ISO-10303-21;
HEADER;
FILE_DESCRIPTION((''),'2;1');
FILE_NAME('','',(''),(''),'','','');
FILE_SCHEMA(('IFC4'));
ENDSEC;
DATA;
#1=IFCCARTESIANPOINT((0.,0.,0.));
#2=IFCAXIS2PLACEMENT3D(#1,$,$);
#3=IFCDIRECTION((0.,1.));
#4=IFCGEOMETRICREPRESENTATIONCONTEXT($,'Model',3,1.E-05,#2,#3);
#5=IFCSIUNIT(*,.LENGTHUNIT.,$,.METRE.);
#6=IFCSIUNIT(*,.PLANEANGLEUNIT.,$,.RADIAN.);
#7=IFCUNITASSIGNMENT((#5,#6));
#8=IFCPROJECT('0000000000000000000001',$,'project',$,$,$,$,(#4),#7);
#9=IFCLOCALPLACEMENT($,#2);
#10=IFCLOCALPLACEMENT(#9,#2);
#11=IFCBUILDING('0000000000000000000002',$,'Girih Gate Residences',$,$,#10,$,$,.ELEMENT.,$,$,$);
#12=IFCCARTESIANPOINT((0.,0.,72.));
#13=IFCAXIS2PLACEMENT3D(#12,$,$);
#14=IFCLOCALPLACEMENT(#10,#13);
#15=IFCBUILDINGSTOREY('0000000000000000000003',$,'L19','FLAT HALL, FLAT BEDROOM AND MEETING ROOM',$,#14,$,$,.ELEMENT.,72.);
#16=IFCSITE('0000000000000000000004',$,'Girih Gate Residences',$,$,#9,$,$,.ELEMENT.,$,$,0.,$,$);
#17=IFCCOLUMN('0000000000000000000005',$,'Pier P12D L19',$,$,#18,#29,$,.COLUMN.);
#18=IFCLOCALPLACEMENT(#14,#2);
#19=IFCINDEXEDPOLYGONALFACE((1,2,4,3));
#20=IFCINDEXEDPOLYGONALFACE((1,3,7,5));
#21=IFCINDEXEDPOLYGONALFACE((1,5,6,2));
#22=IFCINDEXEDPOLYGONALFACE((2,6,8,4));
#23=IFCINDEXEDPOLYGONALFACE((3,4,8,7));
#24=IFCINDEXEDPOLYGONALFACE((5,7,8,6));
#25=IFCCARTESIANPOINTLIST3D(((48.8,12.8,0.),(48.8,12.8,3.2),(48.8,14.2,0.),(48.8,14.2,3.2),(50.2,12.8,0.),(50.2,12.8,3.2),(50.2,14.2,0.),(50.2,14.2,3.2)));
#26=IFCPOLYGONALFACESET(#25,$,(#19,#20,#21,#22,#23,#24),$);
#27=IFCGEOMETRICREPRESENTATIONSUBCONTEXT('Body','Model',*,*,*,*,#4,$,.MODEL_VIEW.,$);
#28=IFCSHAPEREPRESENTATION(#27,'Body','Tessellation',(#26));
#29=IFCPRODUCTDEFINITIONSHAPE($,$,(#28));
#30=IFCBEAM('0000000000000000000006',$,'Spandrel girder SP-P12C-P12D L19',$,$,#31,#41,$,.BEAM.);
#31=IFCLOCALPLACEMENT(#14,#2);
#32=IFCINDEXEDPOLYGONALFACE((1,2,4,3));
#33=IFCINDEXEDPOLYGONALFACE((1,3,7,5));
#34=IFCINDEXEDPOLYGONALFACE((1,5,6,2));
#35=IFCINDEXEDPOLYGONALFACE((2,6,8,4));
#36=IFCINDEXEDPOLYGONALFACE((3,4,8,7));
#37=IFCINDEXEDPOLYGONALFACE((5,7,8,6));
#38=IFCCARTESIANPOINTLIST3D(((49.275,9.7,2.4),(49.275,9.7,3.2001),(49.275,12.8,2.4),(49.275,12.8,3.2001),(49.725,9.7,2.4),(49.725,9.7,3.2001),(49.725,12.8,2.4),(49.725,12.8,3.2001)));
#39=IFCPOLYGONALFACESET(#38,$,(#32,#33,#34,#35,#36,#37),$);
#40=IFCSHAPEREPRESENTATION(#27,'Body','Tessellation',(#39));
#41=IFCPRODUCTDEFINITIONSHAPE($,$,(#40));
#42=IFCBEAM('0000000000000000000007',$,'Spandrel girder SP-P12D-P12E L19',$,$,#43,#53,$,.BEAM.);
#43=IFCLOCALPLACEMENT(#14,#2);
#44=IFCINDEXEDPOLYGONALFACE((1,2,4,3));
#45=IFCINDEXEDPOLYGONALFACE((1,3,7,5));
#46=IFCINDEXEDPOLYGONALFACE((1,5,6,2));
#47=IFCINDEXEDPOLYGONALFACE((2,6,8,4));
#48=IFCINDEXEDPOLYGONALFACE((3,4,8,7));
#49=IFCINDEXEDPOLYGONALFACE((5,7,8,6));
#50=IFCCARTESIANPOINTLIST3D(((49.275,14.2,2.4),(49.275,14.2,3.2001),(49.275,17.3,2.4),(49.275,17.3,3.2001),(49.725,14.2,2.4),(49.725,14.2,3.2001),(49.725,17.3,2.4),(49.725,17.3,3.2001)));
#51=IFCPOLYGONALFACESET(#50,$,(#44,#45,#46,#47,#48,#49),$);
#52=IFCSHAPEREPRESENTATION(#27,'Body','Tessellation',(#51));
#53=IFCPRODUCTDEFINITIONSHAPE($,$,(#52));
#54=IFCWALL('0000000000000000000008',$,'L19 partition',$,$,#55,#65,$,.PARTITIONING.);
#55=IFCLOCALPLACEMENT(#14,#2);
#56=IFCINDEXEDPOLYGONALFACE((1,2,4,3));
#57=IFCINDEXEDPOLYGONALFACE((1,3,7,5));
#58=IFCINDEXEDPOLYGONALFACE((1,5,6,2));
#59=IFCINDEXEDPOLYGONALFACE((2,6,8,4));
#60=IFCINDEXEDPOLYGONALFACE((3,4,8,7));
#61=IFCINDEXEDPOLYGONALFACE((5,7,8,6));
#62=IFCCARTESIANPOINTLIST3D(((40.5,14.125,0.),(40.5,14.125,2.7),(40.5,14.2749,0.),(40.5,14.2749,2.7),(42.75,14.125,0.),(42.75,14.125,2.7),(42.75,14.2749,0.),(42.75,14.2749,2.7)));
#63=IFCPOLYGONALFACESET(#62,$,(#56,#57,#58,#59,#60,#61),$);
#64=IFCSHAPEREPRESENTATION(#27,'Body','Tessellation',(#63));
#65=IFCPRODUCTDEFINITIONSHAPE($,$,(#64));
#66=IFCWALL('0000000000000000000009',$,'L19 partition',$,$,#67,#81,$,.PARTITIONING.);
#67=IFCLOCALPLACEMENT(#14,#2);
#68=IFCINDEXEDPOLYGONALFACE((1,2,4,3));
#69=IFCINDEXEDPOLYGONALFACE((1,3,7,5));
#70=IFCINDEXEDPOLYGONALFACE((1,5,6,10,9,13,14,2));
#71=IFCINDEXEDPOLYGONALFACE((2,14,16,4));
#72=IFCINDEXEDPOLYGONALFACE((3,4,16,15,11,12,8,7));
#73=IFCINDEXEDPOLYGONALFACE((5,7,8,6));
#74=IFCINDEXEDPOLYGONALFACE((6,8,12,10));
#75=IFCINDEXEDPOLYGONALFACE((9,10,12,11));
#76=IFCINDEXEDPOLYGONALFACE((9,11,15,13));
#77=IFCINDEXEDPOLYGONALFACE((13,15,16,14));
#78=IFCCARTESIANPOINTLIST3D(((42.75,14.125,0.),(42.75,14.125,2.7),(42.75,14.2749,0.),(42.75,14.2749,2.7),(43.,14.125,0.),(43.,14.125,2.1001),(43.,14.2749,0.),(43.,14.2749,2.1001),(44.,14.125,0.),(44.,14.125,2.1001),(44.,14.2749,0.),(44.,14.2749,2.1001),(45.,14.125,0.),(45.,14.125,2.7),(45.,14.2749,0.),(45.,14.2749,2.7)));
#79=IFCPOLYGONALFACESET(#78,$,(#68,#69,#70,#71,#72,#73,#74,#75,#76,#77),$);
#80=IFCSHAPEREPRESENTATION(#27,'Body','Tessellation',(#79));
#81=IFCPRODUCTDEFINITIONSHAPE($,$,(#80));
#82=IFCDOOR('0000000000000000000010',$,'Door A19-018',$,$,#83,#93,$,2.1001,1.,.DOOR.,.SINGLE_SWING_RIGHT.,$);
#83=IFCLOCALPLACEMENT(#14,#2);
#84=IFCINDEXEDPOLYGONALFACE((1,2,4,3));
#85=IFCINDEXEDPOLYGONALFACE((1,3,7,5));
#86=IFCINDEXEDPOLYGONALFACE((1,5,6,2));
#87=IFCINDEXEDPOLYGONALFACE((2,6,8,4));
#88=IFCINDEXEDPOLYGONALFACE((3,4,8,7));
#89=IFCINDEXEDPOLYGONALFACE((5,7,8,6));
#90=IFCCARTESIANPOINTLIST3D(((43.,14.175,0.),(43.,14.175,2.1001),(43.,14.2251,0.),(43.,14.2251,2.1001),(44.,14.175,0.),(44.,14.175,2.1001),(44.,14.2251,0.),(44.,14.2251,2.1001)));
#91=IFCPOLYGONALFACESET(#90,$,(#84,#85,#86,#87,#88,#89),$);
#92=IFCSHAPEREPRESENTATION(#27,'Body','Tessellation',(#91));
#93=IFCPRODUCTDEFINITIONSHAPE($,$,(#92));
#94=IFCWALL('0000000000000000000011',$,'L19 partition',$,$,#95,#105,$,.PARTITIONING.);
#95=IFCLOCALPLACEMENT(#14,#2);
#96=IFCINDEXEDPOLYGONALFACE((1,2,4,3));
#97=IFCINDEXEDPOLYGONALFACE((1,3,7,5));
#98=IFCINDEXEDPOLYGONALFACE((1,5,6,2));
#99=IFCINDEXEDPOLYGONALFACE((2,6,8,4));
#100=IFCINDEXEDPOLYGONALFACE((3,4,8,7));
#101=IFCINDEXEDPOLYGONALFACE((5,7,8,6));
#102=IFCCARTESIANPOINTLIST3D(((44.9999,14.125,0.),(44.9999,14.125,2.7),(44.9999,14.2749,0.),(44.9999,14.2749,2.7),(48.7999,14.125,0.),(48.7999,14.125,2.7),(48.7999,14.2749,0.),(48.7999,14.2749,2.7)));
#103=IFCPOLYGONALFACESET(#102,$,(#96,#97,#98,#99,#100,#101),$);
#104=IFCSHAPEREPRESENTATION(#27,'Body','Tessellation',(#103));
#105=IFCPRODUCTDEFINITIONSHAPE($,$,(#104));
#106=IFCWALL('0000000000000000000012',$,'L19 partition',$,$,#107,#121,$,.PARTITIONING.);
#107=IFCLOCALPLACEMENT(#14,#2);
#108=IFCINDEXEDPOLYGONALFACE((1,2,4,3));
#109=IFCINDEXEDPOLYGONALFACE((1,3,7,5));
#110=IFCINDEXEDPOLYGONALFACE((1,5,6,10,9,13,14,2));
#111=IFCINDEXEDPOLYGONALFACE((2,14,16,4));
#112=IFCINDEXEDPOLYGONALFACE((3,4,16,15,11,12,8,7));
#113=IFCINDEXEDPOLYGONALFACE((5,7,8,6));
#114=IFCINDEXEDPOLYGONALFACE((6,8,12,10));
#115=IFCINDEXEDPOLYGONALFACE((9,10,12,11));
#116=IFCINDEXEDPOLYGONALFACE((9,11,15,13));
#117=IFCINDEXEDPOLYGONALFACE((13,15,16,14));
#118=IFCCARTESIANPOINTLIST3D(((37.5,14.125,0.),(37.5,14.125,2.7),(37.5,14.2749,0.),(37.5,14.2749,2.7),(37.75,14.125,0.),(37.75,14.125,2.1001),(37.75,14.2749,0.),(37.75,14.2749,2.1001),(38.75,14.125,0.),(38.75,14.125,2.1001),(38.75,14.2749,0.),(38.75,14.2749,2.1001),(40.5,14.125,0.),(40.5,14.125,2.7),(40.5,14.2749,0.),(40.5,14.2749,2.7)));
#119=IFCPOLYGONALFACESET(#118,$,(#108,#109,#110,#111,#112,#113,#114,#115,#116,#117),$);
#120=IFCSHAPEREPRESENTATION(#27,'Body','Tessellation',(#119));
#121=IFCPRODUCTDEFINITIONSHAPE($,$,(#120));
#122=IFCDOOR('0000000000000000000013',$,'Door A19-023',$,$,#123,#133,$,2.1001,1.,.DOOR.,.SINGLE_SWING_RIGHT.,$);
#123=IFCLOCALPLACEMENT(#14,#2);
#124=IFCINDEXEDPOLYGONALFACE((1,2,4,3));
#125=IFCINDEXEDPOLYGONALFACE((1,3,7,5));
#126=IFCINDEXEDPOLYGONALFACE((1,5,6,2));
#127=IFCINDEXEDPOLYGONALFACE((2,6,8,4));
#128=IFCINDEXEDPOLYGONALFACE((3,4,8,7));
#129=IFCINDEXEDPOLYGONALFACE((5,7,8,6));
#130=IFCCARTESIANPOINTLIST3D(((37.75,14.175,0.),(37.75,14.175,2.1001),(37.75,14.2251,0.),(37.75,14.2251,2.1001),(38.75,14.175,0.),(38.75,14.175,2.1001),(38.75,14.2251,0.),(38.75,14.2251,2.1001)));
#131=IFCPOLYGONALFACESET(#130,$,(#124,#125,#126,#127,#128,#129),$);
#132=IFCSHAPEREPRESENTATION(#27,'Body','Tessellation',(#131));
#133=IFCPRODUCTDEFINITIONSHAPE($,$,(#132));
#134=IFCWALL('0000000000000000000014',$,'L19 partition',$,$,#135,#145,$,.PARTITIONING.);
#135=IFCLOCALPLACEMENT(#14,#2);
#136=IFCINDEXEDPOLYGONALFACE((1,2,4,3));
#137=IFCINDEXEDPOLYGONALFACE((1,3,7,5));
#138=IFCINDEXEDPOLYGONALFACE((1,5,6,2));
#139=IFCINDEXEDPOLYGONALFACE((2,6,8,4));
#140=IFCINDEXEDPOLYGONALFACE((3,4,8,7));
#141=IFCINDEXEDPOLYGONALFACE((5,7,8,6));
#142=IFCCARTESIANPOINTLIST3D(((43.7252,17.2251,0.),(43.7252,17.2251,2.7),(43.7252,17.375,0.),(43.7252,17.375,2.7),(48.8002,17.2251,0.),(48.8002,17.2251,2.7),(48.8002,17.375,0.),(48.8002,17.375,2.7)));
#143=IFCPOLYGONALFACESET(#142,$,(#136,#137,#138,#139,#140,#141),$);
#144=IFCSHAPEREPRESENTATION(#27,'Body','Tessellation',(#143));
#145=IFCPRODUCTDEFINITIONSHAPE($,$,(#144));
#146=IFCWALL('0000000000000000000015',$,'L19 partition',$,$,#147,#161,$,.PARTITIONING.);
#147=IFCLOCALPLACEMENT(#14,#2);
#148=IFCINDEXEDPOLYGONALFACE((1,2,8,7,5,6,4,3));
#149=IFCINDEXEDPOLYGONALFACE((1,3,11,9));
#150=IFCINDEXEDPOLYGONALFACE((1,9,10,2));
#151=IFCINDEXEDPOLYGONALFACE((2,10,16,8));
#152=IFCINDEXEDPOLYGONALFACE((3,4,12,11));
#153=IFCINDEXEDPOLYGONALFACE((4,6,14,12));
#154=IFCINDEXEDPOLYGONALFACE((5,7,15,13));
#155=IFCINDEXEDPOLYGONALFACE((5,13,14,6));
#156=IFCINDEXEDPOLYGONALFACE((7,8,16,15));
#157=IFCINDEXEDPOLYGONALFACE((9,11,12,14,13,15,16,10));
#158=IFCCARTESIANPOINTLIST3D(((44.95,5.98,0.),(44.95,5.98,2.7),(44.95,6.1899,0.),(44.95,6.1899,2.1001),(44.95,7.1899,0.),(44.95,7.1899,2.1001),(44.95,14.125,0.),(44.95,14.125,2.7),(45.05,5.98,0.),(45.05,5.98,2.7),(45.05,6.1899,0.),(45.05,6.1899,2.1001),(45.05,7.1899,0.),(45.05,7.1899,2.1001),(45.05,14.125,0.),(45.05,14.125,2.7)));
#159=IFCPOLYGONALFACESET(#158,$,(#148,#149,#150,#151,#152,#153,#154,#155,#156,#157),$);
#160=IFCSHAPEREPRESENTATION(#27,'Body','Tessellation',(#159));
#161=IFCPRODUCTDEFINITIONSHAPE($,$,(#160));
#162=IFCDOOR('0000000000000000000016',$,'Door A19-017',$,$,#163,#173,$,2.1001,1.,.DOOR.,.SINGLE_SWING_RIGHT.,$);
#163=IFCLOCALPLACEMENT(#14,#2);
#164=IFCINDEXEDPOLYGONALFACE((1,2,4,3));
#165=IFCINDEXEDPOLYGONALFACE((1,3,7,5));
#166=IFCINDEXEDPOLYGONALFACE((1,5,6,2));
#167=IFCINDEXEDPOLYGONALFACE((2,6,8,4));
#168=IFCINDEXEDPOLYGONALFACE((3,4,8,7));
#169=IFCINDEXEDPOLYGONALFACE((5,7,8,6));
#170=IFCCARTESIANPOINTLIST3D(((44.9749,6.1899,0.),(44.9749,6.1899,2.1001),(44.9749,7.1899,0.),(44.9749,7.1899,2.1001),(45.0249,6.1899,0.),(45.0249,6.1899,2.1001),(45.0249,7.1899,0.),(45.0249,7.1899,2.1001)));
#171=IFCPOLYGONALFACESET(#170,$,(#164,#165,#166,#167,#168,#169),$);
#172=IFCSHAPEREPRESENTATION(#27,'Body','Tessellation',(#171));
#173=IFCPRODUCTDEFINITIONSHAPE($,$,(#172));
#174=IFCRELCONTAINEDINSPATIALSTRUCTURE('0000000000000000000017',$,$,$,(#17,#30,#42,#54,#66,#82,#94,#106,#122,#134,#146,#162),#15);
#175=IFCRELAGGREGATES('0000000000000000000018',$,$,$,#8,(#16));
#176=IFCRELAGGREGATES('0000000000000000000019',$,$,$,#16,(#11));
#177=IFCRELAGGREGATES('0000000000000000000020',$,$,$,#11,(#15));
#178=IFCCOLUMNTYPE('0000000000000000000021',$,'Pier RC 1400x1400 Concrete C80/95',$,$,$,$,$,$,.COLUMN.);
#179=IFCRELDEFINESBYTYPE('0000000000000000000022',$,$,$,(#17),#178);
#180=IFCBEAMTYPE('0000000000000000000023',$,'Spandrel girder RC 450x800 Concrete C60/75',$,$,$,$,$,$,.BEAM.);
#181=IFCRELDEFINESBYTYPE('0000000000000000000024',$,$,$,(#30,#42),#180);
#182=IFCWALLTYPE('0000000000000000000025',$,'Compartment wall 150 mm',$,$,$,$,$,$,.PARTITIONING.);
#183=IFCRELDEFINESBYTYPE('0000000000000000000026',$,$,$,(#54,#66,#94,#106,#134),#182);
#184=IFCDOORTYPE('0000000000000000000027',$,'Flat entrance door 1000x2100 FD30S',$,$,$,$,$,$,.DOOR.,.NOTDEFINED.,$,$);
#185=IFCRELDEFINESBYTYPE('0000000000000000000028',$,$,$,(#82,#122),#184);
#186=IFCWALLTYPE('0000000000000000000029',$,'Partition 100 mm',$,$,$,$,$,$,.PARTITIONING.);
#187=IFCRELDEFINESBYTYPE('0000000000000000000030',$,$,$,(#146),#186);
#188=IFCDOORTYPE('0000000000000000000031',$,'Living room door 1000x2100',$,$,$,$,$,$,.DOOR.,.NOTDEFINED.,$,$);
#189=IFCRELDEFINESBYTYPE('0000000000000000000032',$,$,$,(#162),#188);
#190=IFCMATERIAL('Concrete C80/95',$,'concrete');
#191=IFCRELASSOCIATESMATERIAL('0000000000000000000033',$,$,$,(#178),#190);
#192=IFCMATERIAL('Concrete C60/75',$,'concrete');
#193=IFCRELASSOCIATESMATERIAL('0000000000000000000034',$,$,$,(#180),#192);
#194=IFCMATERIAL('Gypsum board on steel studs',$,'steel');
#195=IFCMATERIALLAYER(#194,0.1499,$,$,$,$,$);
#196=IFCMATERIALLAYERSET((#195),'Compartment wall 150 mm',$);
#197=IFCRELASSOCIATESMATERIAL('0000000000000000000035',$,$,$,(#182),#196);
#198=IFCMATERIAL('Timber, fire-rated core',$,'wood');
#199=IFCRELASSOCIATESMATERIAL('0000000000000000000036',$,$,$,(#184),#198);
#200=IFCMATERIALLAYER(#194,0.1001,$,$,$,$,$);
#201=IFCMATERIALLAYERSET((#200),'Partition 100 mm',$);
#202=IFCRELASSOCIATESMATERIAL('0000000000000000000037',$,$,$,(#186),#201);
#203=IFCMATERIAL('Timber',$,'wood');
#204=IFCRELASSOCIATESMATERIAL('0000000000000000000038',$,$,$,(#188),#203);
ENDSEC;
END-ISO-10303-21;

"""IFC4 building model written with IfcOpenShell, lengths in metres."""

from ifc_helpers import new_model, si_unit, direction, frame, frame_2d, origin, origin_2d, place, context, subcontext, project, spatial, rectangle, extrude, material, layer, layer_set, material_profile, profile_set, type_object, element, fill, save


model = new_model("IFC4")

# Units and contexts
model_context = context("Model", 3, precision=1e-05, world=origin(), true_north=direction((0.0, 1.0)))
body_context = subcontext(model_context, "Body", "Model", "MODEL_VIEW")
ifc_project = project(units=[si_unit("LENGTHUNIT", "METRE"), si_unit("PLANEANGLEUNIT", "RADIAN")], contexts=[model_context])

# Site, building, storey
site_placement = place(None, origin())
site = spatial("IfcSite", under=ifc_project, at=site_placement, Name="Girih Gate Residences", CompositionType="ELEMENT", RefElevation=0.0)
building_placement = place(site_placement, origin())
building = spatial("IfcBuilding", under=site, at=building_placement, Name="Girih Gate Residences", CompositionType="ELEMENT")
storey_placement = place(building_placement, frame((0.0, 0.0, 72.0)))
storey = spatial("IfcBuildingStorey", under=building, at=storey_placement, Name="L19", Description="FLAT HALL, FLAT BEDROOM AND MEETING ROOM", CompositionType="ELEMENT", Elevation=72.0)

# Column
ifc_material_1 = material(Name="Concrete C80/95", Category="concrete")
ifc_material_profile_1 = material_profile(ifc_material_1, rectangle(XDim=1.3999, YDim=1.3999, at=origin_2d()))
ifc_profile_set_1 = profile_set([ifc_material_profile_1], Name="Concrete C80/95")
column_type = type_object("IfcColumnType", Name="Pier RC 1400x1400 Concrete C80/95", PredefinedType="COLUMN", material=ifc_profile_set_1)
column_placement = place(storey_placement, frame((49.5, 13.5, 0.0), z_axis=(0.0, 0.0, 1.0), x_axis=(1.0, 0.0, 0.0)))
element("IfcColumn", 1, at=column_placement, inside=storey, type_object=column_type, Name="Pier P12D L19", PredefinedType="COLUMN", context=body_context, shape_type="SweptSolid", body=[
    extrude(rectangle(XDim=1.3999, YDim=1.3999, at=origin_2d()), origin(), (0.0, 0.0, 1.0), 3.2),
])

# Beams
ifc_material_2 = material(Name="Concrete C60/75", Category="concrete")
ifc_material_profile_2 = material_profile(ifc_material_2, rectangle(XDim=0.45, YDim=0.8, at=origin_2d()))
ifc_profile_set_2 = profile_set([ifc_material_profile_2], Name="Concrete C60/75")
beam_type = type_object("IfcBeamType", Name="Spandrel girder RC 450x800 Concrete C60/75", PredefinedType="BEAM", material=ifc_profile_set_2)
for number, where, z_axis, x_axis, name in (
    (2, (49.5, 9.7, 2.8), (0.0, 1.0, 0.0), (-1.0, 0.0, 0.0), "Spandrel girder SP-P12C-P12D L19"),
    (3, (49.5, 14.2, 2.8), (0.0, 1.0, 0.0), (-1.0, 0.0, 0.0), "Spandrel girder SP-P12D-P12E L19"),
):
    element("IfcBeam", number, at=place(storey_placement, frame(where, z_axis=z_axis, x_axis=x_axis)), inside=storey, type_object=beam_type, Name=name, PredefinedType="BEAM", context=body_context, shape_type="SweptSolid", body=[
        extrude(rectangle(XDim=0.45, YDim=0.8, at=origin_2d()), origin(), (0.0, 0.0, 1.0), 3.1001),
    ])

# Wall
ifc_material_3 = material(Name="Gypsum board on steel studs", Category="steel")
ifc_layer_1 = layer(ifc_material_3, 0.1499)
ifc_layer_set_1 = layer_set([ifc_layer_1], Name="Compartment wall 150 mm")
wall_type_1 = type_object("IfcWallType", Name="Compartment wall 150 mm", PredefinedType="PARTITIONING", material=ifc_layer_set_1)
wall_1_placement = place(storey_placement, frame((40.5, 14.2, 0.0), z_axis=(0.0, 0.0, 1.0), x_axis=(1.0, 0.0, 0.0)))
element("IfcWall", 4, at=wall_1_placement, inside=storey, type_object=wall_type_1, Name="L19 partition", PredefinedType="PARTITIONING", context=body_context, shape_type="SweptSolid", body=[
    extrude(rectangle(XDim=2.25, YDim=0.1499, at=frame_2d((1.125, 0.0))), origin(), (0.0, 0.0, 1.0), 2.7),
])

# Wall, opening, door
wall_2_placement = place(storey_placement, frame((45.0, 14.2, 0.0), z_axis=(0.0, 0.0, 1.0), x_axis=(-1.0, 0.0, 0.0)))
wall_2 = element("IfcWall", 5, at=wall_2_placement, inside=storey, type_object=wall_type_1, Name="L19 partition", PredefinedType="PARTITIONING", context=body_context, shape_type="SweptSolid", body=[
    extrude(rectangle(XDim=2.25, YDim=0.1499, at=frame_2d((1.125, 0.0))), origin(), (0.0, 0.0, 1.0), 2.7),
])
opening_1_placement = place(wall_2_placement, frame((1.0, 0.0, 0.0)))
opening_1 = element("IfcOpeningElement", 6, at=opening_1_placement, cuts=wall_2, PredefinedType="OPENING", context=body_context, shape_type="SweptSolid", body=[
    extrude(rectangle(XDim=1.0, YDim=2.1001, at=frame_2d((0.5, 1.05))), frame((0.0, 0.085, 0.0), z_axis=(0.0, -1.0, 0.0), x_axis=(1.0, 0.0, 0.0)), (0.0, 0.0, 1.0), 0.1699),
])
ifc_material_4 = material(Name="Timber, fire-rated core", Category="wood")
door_type_1 = type_object("IfcDoorType", Name="Flat entrance door 1000x2100 FD30S", OperationType="NOTDEFINED", PredefinedType="DOOR", material=ifc_material_4)
door_1_placement = place(opening_1_placement, origin())
door_1 = element("IfcDoor", 7, at=door_1_placement, inside=storey, type_object=door_type_1, Name="Door A19-018", OperationType="SINGLE_SWING_RIGHT", OverallHeight=2.1001, OverallWidth=1.0, PredefinedType="DOOR", context=body_context, shape_type="SweptSolid", body=[
    extrude(rectangle(XDim=1.0, YDim=2.1001, at=frame_2d((0.5, 1.05))), frame((0.0, 0.0249, 0.0), z_axis=(0.0, -1.0, 0.0), x_axis=(1.0, 0.0, 0.0)), (0.0, 0.0, 1.0), 0.05),
])
fill(opening_1, door_1)

# Wall
wall_3_placement = place(storey_placement, frame((45.0, 14.2, 0.0), z_axis=(0.0, 0.0, 1.0), x_axis=(1.0, 0.0, 0.0)))
element("IfcWall", 8, at=wall_3_placement, inside=storey, type_object=wall_type_1, Name="L19 partition", PredefinedType="PARTITIONING", context=body_context, shape_type="SweptSolid", body=[
    extrude(rectangle(XDim=3.8, YDim=0.1499, at=frame_2d((1.8999, 0.0))), origin(), (0.0, 0.0, 1.0), 2.7),
])

# Wall, opening, door
wall_4_placement = place(storey_placement, frame((40.5, 14.2, 0.0), z_axis=(0.0, 0.0, 1.0), x_axis=(-1.0, 0.0, 0.0)))
wall_4 = element("IfcWall", 9, at=wall_4_placement, inside=storey, type_object=wall_type_1, Name="L19 partition", PredefinedType="PARTITIONING", context=body_context, shape_type="SweptSolid", body=[
    extrude(rectangle(XDim=3.0, YDim=0.1499, at=frame_2d((1.5, 0.0))), origin(), (0.0, 0.0, 1.0), 2.7),
])
opening_2_placement = place(wall_4_placement, frame((1.75, 0.0, 0.0)))
opening_2 = element("IfcOpeningElement", 10, at=opening_2_placement, cuts=wall_4, PredefinedType="OPENING", context=body_context, shape_type="SweptSolid", body=[
    extrude(rectangle(XDim=1.0, YDim=2.1001, at=frame_2d((0.5, 1.05))), frame((0.0, 0.085, 0.0), z_axis=(0.0, -1.0, 0.0), x_axis=(1.0, 0.0, 0.0)), (0.0, 0.0, 1.0), 0.1699),
])
door_2_placement = place(opening_2_placement, origin())
door_2 = element("IfcDoor", 11, at=door_2_placement, inside=storey, type_object=door_type_1, Name="Door A19-023", OperationType="SINGLE_SWING_RIGHT", OverallHeight=2.1001, OverallWidth=1.0, PredefinedType="DOOR", context=body_context, shape_type="SweptSolid", body=[
    extrude(rectangle(XDim=1.0, YDim=2.1001, at=frame_2d((0.5, 1.05))), frame((0.0, 0.0249, 0.0), z_axis=(0.0, -1.0, 0.0), x_axis=(1.0, 0.0, 0.0)), (0.0, 0.0, 1.0), 0.05),
])
fill(opening_2, door_2)

# Wall
wall_5_placement = place(storey_placement, frame((43.7251, 17.3, 0.0), z_axis=(0.0, 0.0, 1.0), x_axis=(1.0, 0.0, 0.0)))
element("IfcWall", 12, at=wall_5_placement, inside=storey, type_object=wall_type_1, Name="L19 partition", PredefinedType="PARTITIONING", context=body_context, shape_type="SweptSolid", body=[
    extrude(rectangle(XDim=5.075, YDim=0.1499, at=frame_2d((2.5376, 0.0))), origin(), (0.0, 0.0, 1.0), 2.7),
])

# Wall, opening, door
ifc_layer_2 = layer(ifc_material_3, 0.1001)
ifc_layer_set_2 = layer_set([ifc_layer_2], Name="Partition 100 mm")
wall_type_2 = type_object("IfcWallType", Name="Partition 100 mm", PredefinedType="PARTITIONING", material=ifc_layer_set_2)
wall_6_placement = place(storey_placement, frame((45.0, 14.125, 0.0), z_axis=(0.0, 0.0, 1.0), x_axis=(0.0, -1.0, 0.0)))
wall_6 = element("IfcWall", 13, at=wall_6_placement, inside=storey, type_object=wall_type_2, Name="L19 partition", PredefinedType="PARTITIONING", context=body_context, shape_type="SweptSolid", body=[
    extrude(rectangle(XDim=8.145, YDim=0.1001, at=frame_2d((4.0725, 0.0))), origin(), (0.0, 0.0, 1.0), 2.7),
])
opening_3_placement = place(wall_6_placement, frame((6.9351, 0.0, 0.0)))
opening_3 = element("IfcOpeningElement", 14, at=opening_3_placement, cuts=wall_6, PredefinedType="OPENING", context=body_context, shape_type="SweptSolid", body=[
    extrude(rectangle(XDim=1.0, YDim=2.1001, at=frame_2d((0.5, 1.05))), frame((0.0, 0.0601, 0.0), z_axis=(0.0, -1.0, 0.0), x_axis=(1.0, 0.0, 0.0)), (0.0, 0.0, 1.0), 0.1201),
])
ifc_material_5 = material(Name="Timber", Category="wood")
door_type_2 = type_object("IfcDoorType", Name="Living room door 1000x2100", OperationType="NOTDEFINED", PredefinedType="DOOR", material=ifc_material_5)
door_3_placement = place(opening_3_placement, origin())
door_3 = element("IfcDoor", 15, at=door_3_placement, inside=storey, type_object=door_type_2, Name="Door A19-017", OperationType="SINGLE_SWING_RIGHT", OverallHeight=2.1001, OverallWidth=1.0, PredefinedType="DOOR", context=body_context, shape_type="SweptSolid", body=[
    extrude(rectangle(XDim=1.0, YDim=2.1001, at=frame_2d((0.5, 1.05))), frame((0.0, 0.0249, 0.0), z_axis=(0.0, -1.0, 0.0), x_axis=(1.0, 0.0, 0.0)), (0.0, 0.0, 1.0), 0.05),
])
fill(opening_3, door_3)

save(model, "model.ifc")
